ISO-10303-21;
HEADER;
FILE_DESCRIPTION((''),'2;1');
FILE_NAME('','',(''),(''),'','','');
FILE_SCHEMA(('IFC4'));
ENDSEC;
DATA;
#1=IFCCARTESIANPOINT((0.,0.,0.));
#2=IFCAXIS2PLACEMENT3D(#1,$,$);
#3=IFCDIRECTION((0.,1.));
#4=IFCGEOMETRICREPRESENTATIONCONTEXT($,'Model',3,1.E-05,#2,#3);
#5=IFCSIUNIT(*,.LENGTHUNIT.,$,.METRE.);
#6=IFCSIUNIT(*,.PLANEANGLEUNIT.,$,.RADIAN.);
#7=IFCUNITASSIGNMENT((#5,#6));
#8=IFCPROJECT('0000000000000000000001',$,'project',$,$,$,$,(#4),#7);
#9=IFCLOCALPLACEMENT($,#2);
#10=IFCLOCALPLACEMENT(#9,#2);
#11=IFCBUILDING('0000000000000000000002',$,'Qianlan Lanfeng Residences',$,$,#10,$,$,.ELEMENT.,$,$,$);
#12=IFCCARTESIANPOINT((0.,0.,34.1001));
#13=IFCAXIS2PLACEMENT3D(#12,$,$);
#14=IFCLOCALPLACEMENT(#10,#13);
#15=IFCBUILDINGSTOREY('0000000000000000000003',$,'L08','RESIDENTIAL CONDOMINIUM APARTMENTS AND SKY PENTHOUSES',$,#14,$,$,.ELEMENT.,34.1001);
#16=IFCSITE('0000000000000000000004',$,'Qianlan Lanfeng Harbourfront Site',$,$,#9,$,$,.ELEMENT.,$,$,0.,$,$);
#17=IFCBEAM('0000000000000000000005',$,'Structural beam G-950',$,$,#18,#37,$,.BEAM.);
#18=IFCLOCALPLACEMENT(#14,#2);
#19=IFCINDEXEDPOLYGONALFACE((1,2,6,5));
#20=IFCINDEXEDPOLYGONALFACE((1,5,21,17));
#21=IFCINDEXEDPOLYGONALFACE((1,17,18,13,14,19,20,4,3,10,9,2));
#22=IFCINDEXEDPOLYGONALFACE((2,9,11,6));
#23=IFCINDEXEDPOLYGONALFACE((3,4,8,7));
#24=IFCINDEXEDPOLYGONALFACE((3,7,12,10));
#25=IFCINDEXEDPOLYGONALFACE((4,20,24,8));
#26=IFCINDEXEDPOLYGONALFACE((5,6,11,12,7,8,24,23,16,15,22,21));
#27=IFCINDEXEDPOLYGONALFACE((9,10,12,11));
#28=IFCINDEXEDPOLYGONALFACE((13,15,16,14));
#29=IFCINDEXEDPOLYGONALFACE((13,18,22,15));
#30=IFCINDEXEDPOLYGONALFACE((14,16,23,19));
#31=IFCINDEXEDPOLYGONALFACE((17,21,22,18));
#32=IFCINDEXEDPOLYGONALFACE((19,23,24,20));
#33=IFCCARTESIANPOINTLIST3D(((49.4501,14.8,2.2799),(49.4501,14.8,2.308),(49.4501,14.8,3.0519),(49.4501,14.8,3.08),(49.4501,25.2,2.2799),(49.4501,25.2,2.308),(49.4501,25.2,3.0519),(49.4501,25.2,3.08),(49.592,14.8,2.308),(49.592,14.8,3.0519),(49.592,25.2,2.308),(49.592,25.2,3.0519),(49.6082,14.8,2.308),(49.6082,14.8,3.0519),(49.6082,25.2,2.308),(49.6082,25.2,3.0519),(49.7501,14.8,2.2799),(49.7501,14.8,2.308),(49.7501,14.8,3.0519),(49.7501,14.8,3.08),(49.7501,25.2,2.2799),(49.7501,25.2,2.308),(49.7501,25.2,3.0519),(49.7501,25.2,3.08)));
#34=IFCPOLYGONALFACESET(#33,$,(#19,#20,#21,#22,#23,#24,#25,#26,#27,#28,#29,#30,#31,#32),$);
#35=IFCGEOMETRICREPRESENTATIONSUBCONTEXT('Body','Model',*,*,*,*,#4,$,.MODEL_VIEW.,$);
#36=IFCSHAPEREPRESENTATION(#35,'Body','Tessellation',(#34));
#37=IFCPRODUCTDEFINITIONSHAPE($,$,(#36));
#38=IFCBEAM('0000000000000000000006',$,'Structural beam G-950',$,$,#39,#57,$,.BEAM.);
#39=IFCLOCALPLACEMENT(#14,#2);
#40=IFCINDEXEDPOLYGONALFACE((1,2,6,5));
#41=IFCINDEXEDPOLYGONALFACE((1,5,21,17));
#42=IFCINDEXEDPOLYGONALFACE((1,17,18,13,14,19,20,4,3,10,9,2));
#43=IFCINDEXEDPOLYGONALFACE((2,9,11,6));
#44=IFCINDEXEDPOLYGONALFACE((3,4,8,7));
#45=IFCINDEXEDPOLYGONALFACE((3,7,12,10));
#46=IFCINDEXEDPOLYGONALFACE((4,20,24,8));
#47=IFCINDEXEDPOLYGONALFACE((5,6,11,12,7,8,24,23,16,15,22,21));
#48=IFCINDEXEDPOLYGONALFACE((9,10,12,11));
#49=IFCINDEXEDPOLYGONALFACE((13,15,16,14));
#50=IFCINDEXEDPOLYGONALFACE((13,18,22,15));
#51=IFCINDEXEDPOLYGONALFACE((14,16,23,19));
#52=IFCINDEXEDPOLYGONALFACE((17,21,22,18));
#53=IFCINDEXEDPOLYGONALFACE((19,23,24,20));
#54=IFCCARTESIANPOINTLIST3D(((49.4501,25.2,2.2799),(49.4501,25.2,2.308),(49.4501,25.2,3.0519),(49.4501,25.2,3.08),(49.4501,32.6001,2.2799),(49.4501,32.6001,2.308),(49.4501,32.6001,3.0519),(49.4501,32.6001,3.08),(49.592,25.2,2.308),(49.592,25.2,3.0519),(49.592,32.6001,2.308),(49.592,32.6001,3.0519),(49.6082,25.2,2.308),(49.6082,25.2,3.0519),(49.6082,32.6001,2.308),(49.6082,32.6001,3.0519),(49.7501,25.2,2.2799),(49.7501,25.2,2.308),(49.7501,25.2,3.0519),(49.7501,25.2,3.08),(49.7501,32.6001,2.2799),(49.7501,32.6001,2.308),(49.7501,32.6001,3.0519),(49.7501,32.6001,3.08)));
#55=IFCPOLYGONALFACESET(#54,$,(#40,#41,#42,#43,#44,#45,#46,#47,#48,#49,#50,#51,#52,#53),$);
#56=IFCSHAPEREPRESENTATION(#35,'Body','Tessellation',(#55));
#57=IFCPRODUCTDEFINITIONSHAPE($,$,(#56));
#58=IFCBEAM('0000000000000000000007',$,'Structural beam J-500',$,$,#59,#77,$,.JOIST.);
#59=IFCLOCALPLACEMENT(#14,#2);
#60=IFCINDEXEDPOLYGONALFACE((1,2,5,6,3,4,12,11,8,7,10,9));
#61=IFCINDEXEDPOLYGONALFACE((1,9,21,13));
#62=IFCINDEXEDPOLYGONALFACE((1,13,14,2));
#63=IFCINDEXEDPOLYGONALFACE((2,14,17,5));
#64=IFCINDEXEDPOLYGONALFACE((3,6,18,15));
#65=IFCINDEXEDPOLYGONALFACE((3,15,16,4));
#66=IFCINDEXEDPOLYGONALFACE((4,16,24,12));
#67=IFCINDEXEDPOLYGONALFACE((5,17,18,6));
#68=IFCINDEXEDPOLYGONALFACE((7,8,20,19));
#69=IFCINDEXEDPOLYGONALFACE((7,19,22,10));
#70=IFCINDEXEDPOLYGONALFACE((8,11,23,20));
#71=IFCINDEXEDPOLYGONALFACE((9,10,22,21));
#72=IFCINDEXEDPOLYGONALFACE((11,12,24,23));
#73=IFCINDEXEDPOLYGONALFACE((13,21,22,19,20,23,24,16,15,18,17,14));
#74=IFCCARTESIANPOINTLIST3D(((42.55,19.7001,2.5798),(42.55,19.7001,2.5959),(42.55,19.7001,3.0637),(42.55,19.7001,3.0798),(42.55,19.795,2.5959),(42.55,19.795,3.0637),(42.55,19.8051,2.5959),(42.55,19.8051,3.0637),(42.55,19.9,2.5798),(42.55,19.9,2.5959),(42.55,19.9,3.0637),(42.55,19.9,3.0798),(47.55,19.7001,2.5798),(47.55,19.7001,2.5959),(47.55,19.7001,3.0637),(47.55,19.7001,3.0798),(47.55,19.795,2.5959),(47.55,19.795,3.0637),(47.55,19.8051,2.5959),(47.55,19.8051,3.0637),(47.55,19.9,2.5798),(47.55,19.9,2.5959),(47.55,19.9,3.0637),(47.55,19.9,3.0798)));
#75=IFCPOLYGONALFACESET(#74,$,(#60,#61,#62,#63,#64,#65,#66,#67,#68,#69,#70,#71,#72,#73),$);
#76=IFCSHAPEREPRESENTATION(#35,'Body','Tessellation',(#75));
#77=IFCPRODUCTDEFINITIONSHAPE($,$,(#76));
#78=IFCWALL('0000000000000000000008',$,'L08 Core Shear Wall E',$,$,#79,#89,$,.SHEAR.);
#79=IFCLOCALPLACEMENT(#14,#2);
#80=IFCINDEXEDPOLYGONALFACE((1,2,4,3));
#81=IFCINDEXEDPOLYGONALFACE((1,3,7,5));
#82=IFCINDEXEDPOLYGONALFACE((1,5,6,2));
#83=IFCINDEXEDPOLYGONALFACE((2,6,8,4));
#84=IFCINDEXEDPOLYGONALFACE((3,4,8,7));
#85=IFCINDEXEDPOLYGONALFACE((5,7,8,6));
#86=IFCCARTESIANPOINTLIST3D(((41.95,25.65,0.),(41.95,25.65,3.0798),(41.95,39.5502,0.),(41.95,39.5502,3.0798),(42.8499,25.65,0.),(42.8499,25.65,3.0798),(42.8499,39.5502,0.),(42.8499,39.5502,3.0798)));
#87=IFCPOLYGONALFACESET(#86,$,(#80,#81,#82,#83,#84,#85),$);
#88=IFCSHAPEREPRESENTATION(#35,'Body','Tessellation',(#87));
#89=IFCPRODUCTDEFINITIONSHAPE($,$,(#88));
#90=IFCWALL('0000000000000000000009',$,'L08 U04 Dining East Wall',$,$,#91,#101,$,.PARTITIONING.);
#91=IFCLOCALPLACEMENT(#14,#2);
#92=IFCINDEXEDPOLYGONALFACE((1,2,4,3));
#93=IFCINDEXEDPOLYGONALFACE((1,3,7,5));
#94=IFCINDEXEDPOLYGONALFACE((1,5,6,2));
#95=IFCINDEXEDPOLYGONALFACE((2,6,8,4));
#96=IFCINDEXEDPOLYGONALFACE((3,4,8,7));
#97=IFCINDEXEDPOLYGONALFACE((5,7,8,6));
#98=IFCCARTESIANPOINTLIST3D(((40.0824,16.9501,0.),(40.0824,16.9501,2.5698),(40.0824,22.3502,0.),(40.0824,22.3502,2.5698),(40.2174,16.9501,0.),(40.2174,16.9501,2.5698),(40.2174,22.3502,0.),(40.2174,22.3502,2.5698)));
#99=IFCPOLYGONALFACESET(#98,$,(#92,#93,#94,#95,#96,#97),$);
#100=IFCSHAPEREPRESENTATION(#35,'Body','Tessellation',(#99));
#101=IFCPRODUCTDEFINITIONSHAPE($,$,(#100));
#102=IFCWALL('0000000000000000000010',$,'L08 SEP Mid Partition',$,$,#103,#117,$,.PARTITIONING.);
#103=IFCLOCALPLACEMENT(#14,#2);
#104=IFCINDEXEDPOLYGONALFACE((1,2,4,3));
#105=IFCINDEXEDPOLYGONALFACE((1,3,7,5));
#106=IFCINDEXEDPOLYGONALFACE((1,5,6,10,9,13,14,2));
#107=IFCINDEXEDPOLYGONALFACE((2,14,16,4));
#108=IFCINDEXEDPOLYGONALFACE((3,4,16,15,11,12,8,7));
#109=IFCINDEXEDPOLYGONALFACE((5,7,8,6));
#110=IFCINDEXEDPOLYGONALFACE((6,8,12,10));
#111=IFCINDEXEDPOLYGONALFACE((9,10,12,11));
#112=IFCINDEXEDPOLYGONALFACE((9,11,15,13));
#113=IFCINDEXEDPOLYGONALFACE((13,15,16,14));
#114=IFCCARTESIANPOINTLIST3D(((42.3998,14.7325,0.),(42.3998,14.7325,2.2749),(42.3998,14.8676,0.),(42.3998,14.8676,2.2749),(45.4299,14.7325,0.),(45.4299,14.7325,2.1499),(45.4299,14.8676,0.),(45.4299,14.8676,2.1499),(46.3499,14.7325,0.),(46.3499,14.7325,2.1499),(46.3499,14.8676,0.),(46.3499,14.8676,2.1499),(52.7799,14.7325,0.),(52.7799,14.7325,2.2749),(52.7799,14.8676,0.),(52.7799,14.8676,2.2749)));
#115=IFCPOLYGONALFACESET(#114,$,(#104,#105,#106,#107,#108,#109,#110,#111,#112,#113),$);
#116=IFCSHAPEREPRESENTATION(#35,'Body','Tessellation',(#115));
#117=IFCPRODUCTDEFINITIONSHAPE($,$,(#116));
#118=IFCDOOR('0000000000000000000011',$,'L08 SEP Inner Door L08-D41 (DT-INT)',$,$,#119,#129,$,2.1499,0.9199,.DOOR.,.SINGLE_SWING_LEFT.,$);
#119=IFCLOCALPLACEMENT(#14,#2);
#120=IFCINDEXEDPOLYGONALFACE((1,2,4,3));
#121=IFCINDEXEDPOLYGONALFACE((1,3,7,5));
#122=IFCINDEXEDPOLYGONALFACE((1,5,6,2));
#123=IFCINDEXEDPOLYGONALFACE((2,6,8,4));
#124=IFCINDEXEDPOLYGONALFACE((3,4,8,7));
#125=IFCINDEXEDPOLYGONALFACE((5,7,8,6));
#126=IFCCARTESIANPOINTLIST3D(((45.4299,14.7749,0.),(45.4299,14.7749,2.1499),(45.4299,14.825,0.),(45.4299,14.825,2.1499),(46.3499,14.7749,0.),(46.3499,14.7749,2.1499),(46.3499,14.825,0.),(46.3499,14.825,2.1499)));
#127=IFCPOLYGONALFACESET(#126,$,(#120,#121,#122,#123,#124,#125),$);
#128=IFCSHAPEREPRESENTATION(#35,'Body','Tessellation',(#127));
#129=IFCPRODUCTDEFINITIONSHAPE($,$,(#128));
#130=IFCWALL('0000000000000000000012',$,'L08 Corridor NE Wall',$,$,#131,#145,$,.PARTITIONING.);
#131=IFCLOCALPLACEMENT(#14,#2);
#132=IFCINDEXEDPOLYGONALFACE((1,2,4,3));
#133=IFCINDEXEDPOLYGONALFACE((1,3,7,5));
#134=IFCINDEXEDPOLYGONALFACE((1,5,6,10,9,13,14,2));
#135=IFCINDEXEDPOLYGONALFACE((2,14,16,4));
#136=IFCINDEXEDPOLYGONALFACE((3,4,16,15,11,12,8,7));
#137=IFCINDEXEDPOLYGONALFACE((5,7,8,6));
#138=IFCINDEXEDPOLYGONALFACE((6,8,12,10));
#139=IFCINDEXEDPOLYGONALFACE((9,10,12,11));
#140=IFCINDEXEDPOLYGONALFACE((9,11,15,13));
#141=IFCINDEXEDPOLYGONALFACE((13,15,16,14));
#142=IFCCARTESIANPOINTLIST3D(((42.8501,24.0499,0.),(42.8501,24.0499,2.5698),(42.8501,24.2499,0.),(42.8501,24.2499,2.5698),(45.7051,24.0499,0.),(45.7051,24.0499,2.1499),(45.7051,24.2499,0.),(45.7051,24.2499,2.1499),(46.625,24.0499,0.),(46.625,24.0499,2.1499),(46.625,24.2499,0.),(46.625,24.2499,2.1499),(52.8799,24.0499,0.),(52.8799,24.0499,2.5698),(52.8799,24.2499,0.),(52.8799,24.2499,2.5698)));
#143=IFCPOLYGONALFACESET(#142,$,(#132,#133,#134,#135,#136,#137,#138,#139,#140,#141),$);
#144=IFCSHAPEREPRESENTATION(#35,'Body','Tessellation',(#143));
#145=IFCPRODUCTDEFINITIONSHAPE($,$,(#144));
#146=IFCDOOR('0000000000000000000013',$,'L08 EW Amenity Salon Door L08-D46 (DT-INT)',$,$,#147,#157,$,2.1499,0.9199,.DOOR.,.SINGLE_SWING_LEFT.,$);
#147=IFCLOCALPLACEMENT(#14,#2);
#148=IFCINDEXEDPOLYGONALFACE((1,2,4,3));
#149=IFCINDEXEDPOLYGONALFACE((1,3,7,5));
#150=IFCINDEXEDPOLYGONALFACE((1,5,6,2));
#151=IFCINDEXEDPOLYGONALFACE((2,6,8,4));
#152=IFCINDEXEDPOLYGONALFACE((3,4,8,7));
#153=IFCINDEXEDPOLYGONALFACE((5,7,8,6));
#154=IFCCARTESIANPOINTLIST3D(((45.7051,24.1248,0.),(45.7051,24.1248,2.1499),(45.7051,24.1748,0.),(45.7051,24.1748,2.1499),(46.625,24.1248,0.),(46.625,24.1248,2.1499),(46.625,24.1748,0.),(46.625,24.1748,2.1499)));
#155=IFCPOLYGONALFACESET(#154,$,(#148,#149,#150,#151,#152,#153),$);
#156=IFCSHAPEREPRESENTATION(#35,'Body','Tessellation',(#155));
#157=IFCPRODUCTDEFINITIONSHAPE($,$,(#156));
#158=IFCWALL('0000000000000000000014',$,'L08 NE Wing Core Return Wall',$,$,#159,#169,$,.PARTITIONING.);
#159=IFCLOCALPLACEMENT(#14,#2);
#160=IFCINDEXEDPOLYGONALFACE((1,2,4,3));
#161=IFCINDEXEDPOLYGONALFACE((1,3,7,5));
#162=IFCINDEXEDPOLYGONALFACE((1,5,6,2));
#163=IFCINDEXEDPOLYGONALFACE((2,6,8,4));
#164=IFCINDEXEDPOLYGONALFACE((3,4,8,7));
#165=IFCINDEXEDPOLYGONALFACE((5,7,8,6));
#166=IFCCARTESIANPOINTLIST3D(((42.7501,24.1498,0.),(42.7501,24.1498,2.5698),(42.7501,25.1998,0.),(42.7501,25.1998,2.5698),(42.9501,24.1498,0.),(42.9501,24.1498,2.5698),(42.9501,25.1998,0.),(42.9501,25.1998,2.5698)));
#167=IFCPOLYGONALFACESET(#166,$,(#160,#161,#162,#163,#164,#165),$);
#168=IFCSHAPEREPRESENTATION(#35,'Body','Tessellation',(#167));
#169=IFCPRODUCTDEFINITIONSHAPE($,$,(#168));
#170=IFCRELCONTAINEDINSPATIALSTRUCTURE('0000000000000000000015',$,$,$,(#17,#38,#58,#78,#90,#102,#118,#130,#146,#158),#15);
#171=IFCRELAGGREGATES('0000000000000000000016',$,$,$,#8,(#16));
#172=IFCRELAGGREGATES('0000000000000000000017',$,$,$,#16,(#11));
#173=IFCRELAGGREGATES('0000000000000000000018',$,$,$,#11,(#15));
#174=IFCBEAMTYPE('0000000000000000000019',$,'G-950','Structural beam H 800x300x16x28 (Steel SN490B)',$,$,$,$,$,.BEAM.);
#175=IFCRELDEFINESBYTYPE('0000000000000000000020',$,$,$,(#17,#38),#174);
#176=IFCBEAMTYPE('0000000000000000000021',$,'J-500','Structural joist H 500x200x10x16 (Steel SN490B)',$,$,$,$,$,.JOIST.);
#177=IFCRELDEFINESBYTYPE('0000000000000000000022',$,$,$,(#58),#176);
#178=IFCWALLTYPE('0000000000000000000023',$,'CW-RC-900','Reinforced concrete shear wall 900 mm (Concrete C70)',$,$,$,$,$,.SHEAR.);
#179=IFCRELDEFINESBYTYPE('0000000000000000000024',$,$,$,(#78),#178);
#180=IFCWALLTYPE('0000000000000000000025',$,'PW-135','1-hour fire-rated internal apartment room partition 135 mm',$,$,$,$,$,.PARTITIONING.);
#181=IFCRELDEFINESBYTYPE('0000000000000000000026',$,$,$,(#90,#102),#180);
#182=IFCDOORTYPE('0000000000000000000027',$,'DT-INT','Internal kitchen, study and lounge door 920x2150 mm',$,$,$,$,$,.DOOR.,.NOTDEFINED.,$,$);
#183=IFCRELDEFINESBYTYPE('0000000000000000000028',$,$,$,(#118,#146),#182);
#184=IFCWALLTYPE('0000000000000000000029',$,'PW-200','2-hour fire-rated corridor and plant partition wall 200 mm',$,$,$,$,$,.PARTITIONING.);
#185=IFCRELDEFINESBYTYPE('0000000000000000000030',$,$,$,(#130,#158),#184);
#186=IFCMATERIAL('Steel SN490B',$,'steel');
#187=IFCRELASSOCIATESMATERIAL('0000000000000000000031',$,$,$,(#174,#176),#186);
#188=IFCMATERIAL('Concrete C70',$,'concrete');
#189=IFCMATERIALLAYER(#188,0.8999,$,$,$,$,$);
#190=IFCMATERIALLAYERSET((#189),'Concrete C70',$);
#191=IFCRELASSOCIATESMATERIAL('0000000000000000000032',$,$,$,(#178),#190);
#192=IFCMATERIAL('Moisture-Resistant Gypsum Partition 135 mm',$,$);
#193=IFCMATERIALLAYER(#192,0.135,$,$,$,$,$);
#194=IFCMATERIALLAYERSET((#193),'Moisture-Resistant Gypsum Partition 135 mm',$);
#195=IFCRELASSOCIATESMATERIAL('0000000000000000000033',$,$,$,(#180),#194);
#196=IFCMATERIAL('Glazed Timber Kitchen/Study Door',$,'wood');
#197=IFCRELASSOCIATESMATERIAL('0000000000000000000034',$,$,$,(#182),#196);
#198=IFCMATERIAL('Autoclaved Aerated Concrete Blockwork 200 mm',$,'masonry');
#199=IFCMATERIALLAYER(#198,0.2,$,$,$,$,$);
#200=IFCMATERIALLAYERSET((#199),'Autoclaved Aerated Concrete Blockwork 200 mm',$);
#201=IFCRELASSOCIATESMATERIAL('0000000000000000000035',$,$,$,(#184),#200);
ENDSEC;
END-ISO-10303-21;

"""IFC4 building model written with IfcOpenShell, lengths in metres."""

from ifc_helpers import new_model, si_unit, direction, frame, frame_2d, origin, origin_2d, place, context, subcontext, project, spatial, rectangle, i_section, extrude, material, layer, layer_set, material_profile, profile_set, type_object, element, fill, save


model = new_model("IFC4")

# Units and contexts
model_context = context("Model", 3, precision=1e-05, world=origin(), true_north=direction((0.0, 1.0)))
body_context = subcontext(model_context, "Body", "Model", "MODEL_VIEW")
ifc_project = project(units=[si_unit("LENGTHUNIT", "METRE"), si_unit("PLANEANGLEUNIT", "RADIAN")], contexts=[model_context])

# Site, building, storey
site_placement = place(None, origin())
site = spatial("IfcSite", under=ifc_project, at=site_placement, Name="Qianlan Lanfeng Harbourfront Site", CompositionType="ELEMENT", RefElevation=0.0)
building_placement = place(site_placement, origin())
building = spatial("IfcBuilding", under=site, at=building_placement, Name="Qianlan Lanfeng Residences", CompositionType="ELEMENT")
storey_placement = place(building_placement, frame((0.0, 0.0, 34.1001)))
storey = spatial("IfcBuildingStorey", under=building, at=storey_placement, Name="L08", Description="RESIDENTIAL CONDOMINIUM APARTMENTS AND SKY PENTHOUSES", CompositionType="ELEMENT", Elevation=34.1001)

# Beams
ifc_material_1 = material(Name="Steel SN490B", Category="steel")
ifc_material_profile_1 = material_profile(ifc_material_1, i_section(OverallWidth=0.3, OverallDepth=0.8, WebThickness=0.0161, FlangeThickness=0.0281, at=origin_2d()), Name="H 800x300x16x28")
ifc_profile_set_1 = profile_set([ifc_material_profile_1], Name="Steel SN490B")
beam_type_1 = type_object("IfcBeamType", Name="G-950", Description="Structural beam H 800x300x16x28 (Steel SN490B)", PredefinedType="BEAM", material=ifc_profile_set_1)
beam_1_placement = place(storey_placement, frame((49.6001, 14.8, 2.6799), z_axis=(0.0, 1.0, 0.0), x_axis=(-1.0, 0.0, 0.0)))
element("IfcBeam", 1, at=beam_1_placement, inside=storey, type_object=beam_type_1, Name="Structural beam G-950", PredefinedType="BEAM", context=body_context, shape_type="SweptSolid", body=[
    extrude(i_section(OverallWidth=0.3, OverallDepth=0.8, WebThickness=0.0161, FlangeThickness=0.0281, at=origin_2d()), origin(), (0.0, 0.0, 1.0), 10.3999),
])
beam_2_placement = place(storey_placement, frame((49.6001, 25.2, 2.6799), z_axis=(0.0, 1.0, 0.0), x_axis=(-1.0, 0.0, 0.0)))
element("IfcBeam", 2, at=beam_2_placement, inside=storey, type_object=beam_type_1, Name="Structural beam G-950", PredefinedType="BEAM", context=body_context, shape_type="SweptSolid", body=[
    extrude(i_section(OverallWidth=0.3, OverallDepth=0.8, WebThickness=0.0161, FlangeThickness=0.0281, at=origin_2d()), origin(), (0.0, 0.0, 1.0), 7.4001),
])
ifc_material_profile_2 = material_profile(ifc_material_1, i_section(OverallWidth=0.2, OverallDepth=0.5, WebThickness=0.01, FlangeThickness=0.0161, at=origin_2d()), Name="H 500x200x10x16")
ifc_profile_set_2 = profile_set([ifc_material_profile_2], Name="Steel SN490B")
beam_type_2 = type_object("IfcBeamType", Name="J-500", Description="Structural joist H 500x200x10x16 (Steel SN490B)", PredefinedType="JOIST", material=ifc_profile_set_2)
beam_3_placement = place(storey_placement, frame((42.55, 19.8, 2.8298), z_axis=(1.0, 0.0, 0.0), x_axis=(0.0, 1.0, 0.0)))
element("IfcBeam", 3, at=beam_3_placement, inside=storey, type_object=beam_type_2, Name="Structural beam J-500", PredefinedType="JOIST", context=body_context, shape_type="SweptSolid", body=[
    extrude(i_section(OverallWidth=0.2, OverallDepth=0.5, WebThickness=0.01, FlangeThickness=0.0161, at=origin_2d()), origin(), (0.0, 0.0, 1.0), 5.0),
])

# Walls
ifc_material_2 = material(Name="Concrete C70", Category="concrete")
ifc_layer_1 = layer(ifc_material_2, 0.8999)
ifc_layer_set_1 = layer_set([ifc_layer_1], Name="Concrete C70")
wall_type_1 = type_object("IfcWallType", Name="CW-RC-900", Description="Reinforced concrete shear wall 900 mm (Concrete C70)", PredefinedType="SHEAR", material=ifc_layer_set_1)
wall_1_placement = place(storey_placement, frame((42.3999, 25.6499, 0.0), z_axis=(0.0, 0.0, 1.0), x_axis=(0.0, 1.0, 0.0)))
element("IfcWall", 4, at=wall_1_placement, inside=storey, type_object=wall_type_1, Name="L08 Core Shear Wall E", PredefinedType="SHEAR", context=body_context, shape_type="SweptSolid", body=[
    extrude(rectangle(XDim=13.9001, YDim=0.8999, at=frame_2d((6.9502, 0.0))), origin(), (0.0, 0.0, 1.0), 3.0798),
])
ifc_material_3 = material(Name="Moisture-Resistant Gypsum Partition 135 mm")
ifc_layer_2 = layer(ifc_material_3, 0.135)
ifc_layer_set_2 = layer_set([ifc_layer_2], Name="Moisture-Resistant Gypsum Partition 135 mm")
wall_type_2 = type_object("IfcWallType", Name="PW-135", Description="1-hour fire-rated internal apartment room partition 135 mm", PredefinedType="PARTITIONING", material=ifc_layer_set_2)
wall_2_placement = place(storey_placement, frame((40.1499, 16.95, 0.0), z_axis=(0.0, 0.0, 1.0), x_axis=(0.0, 1.0, 0.0)))
element("IfcWall", 5, at=wall_2_placement, inside=storey, type_object=wall_type_2, Name="L08 U04 Dining East Wall", PredefinedType="PARTITIONING", context=body_context, shape_type="SweptSolid", body=[
    extrude(rectangle(XDim=5.4001, YDim=0.135, at=frame_2d((2.7002, 0.0))), origin(), (0.0, 0.0, 1.0), 2.5698),
])

# Walls, openings, doors
wall_3_placement = place(storey_placement, frame((42.3999, 14.8, 0.0), z_axis=(0.0, 0.0, 1.0), x_axis=(1.0, 0.0, 0.0)))
wall_3 = element("IfcWall", 6, at=wall_3_placement, inside=storey, type_object=wall_type_2, Name="L08 SEP Mid Partition", PredefinedType="PARTITIONING", context=body_context, shape_type="SweptSolid", body=[
    extrude(rectangle(XDim=10.3801, YDim=0.135, at=frame_2d((5.1899, 0.0))), origin(), (0.0, 0.0, 1.0), 2.2749),
])
opening_1_placement = place(wall_3_placement, frame((3.03, 0.0, 0.0)))
opening_1 = element("IfcOpeningElement", 7, at=opening_1_placement, cuts=wall_3, PredefinedType="OPENING", context=body_context, shape_type="SweptSolid", body=[
    extrude(rectangle(XDim=0.9199, YDim=2.1499, at=frame_2d((0.46, 1.075))), frame((0.0, 0.0776, 0.0), z_axis=(0.0, -1.0, 0.0), x_axis=(1.0, 0.0, 0.0)), (0.0, 0.0, 1.0), 0.155),
])
ifc_material_4 = material(Name="Glazed Timber Kitchen/Study Door", Category="wood")
door_type = type_object("IfcDoorType", Name="DT-INT", Description="Internal kitchen, study and lounge door 920x2150 mm", OperationType="NOTDEFINED", PredefinedType="DOOR", material=ifc_material_4)
door_1_placement = place(opening_1_placement, origin())
door_1 = element("IfcDoor", 8, at=door_1_placement, inside=storey, type_object=door_type, Name="L08 SEP Inner Door L08-D41 (DT-INT)", OperationType="SINGLE_SWING_LEFT", OverallHeight=2.1499, OverallWidth=0.9199, PredefinedType="DOOR", context=body_context, shape_type="SweptSolid", body=[
    extrude(rectangle(XDim=0.9199, YDim=2.1499, at=frame_2d((0.46, 1.075))), frame((0.0, 0.0249, 0.0), z_axis=(0.0, -1.0, 0.0), x_axis=(1.0, 0.0, 0.0)), (0.0, 0.0, 1.0), 0.05),
])
fill(opening_1, door_1)
ifc_material_5 = material(Name="Autoclaved Aerated Concrete Blockwork 200 mm", Category="masonry")
ifc_layer_3 = layer(ifc_material_5, 0.2)
ifc_layer_set_3 = layer_set([ifc_layer_3], Name="Autoclaved Aerated Concrete Blockwork 200 mm")
wall_type_3 = type_object("IfcWallType", Name="PW-200", Description="2-hour fire-rated corridor and plant partition wall 200 mm", PredefinedType="PARTITIONING", material=ifc_layer_set_3)
wall_4_placement = place(storey_placement, frame((42.8501, 24.1499, 0.0), z_axis=(0.0, 0.0, 1.0), x_axis=(1.0, 0.0, 0.0)))
wall_4 = element("IfcWall", 9, at=wall_4_placement, inside=storey, type_object=wall_type_3, Name="L08 Corridor NE Wall", PredefinedType="PARTITIONING", context=body_context, shape_type="SweptSolid", body=[
    extrude(rectangle(XDim=10.0298, YDim=0.2, at=frame_2d((5.0149, 0.0))), origin(), (0.0, 0.0, 1.0), 2.5698),
])
opening_2_placement = place(wall_4_placement, frame((2.855, 0.0, 0.0)))
opening_2 = element("IfcOpeningElement", 10, at=opening_2_placement, cuts=wall_4, PredefinedType="OPENING", context=body_context, shape_type="SweptSolid", body=[
    extrude(rectangle(XDim=0.9199, YDim=2.1499, at=frame_2d((0.46, 1.075))), frame((0.0, 0.1099, 0.0), z_axis=(0.0, -1.0, 0.0), x_axis=(1.0, 0.0, 0.0)), (0.0, 0.0, 1.0), 0.22),
])
door_2_placement = place(opening_2_placement, origin())
door_2 = element("IfcDoor", 11, at=door_2_placement, inside=storey, type_object=door_type, Name="L08 EW Amenity Salon Door L08-D46 (DT-INT)", OperationType="SINGLE_SWING_LEFT", OverallHeight=2.1499, OverallWidth=0.9199, PredefinedType="DOOR", context=body_context, shape_type="SweptSolid", body=[
    extrude(rectangle(XDim=0.9199, YDim=2.1499, at=frame_2d((0.46, 1.075))), frame((0.0, 0.0249, 0.0), z_axis=(0.0, -1.0, 0.0), x_axis=(1.0, 0.0, 0.0)), (0.0, 0.0, 1.0), 0.05),
])
fill(opening_2, door_2)

# Wall
wall_5_placement = place(storey_placement, frame((42.8501, 24.1499, 0.0), z_axis=(0.0, 0.0, 1.0), x_axis=(0.0, 1.0, 0.0)))
element("IfcWall", 12, at=wall_5_placement, inside=storey, type_object=wall_type_3, Name="L08 NE Wing Core Return Wall", PredefinedType="PARTITIONING", context=body_context, shape_type="SweptSolid", body=[
    extrude(rectangle(XDim=1.05, YDim=0.2, at=frame_2d((0.5249, 0.0))), origin(), (0.0, 0.0, 1.0), 2.5698),
])

save(model, "model.ifc")
